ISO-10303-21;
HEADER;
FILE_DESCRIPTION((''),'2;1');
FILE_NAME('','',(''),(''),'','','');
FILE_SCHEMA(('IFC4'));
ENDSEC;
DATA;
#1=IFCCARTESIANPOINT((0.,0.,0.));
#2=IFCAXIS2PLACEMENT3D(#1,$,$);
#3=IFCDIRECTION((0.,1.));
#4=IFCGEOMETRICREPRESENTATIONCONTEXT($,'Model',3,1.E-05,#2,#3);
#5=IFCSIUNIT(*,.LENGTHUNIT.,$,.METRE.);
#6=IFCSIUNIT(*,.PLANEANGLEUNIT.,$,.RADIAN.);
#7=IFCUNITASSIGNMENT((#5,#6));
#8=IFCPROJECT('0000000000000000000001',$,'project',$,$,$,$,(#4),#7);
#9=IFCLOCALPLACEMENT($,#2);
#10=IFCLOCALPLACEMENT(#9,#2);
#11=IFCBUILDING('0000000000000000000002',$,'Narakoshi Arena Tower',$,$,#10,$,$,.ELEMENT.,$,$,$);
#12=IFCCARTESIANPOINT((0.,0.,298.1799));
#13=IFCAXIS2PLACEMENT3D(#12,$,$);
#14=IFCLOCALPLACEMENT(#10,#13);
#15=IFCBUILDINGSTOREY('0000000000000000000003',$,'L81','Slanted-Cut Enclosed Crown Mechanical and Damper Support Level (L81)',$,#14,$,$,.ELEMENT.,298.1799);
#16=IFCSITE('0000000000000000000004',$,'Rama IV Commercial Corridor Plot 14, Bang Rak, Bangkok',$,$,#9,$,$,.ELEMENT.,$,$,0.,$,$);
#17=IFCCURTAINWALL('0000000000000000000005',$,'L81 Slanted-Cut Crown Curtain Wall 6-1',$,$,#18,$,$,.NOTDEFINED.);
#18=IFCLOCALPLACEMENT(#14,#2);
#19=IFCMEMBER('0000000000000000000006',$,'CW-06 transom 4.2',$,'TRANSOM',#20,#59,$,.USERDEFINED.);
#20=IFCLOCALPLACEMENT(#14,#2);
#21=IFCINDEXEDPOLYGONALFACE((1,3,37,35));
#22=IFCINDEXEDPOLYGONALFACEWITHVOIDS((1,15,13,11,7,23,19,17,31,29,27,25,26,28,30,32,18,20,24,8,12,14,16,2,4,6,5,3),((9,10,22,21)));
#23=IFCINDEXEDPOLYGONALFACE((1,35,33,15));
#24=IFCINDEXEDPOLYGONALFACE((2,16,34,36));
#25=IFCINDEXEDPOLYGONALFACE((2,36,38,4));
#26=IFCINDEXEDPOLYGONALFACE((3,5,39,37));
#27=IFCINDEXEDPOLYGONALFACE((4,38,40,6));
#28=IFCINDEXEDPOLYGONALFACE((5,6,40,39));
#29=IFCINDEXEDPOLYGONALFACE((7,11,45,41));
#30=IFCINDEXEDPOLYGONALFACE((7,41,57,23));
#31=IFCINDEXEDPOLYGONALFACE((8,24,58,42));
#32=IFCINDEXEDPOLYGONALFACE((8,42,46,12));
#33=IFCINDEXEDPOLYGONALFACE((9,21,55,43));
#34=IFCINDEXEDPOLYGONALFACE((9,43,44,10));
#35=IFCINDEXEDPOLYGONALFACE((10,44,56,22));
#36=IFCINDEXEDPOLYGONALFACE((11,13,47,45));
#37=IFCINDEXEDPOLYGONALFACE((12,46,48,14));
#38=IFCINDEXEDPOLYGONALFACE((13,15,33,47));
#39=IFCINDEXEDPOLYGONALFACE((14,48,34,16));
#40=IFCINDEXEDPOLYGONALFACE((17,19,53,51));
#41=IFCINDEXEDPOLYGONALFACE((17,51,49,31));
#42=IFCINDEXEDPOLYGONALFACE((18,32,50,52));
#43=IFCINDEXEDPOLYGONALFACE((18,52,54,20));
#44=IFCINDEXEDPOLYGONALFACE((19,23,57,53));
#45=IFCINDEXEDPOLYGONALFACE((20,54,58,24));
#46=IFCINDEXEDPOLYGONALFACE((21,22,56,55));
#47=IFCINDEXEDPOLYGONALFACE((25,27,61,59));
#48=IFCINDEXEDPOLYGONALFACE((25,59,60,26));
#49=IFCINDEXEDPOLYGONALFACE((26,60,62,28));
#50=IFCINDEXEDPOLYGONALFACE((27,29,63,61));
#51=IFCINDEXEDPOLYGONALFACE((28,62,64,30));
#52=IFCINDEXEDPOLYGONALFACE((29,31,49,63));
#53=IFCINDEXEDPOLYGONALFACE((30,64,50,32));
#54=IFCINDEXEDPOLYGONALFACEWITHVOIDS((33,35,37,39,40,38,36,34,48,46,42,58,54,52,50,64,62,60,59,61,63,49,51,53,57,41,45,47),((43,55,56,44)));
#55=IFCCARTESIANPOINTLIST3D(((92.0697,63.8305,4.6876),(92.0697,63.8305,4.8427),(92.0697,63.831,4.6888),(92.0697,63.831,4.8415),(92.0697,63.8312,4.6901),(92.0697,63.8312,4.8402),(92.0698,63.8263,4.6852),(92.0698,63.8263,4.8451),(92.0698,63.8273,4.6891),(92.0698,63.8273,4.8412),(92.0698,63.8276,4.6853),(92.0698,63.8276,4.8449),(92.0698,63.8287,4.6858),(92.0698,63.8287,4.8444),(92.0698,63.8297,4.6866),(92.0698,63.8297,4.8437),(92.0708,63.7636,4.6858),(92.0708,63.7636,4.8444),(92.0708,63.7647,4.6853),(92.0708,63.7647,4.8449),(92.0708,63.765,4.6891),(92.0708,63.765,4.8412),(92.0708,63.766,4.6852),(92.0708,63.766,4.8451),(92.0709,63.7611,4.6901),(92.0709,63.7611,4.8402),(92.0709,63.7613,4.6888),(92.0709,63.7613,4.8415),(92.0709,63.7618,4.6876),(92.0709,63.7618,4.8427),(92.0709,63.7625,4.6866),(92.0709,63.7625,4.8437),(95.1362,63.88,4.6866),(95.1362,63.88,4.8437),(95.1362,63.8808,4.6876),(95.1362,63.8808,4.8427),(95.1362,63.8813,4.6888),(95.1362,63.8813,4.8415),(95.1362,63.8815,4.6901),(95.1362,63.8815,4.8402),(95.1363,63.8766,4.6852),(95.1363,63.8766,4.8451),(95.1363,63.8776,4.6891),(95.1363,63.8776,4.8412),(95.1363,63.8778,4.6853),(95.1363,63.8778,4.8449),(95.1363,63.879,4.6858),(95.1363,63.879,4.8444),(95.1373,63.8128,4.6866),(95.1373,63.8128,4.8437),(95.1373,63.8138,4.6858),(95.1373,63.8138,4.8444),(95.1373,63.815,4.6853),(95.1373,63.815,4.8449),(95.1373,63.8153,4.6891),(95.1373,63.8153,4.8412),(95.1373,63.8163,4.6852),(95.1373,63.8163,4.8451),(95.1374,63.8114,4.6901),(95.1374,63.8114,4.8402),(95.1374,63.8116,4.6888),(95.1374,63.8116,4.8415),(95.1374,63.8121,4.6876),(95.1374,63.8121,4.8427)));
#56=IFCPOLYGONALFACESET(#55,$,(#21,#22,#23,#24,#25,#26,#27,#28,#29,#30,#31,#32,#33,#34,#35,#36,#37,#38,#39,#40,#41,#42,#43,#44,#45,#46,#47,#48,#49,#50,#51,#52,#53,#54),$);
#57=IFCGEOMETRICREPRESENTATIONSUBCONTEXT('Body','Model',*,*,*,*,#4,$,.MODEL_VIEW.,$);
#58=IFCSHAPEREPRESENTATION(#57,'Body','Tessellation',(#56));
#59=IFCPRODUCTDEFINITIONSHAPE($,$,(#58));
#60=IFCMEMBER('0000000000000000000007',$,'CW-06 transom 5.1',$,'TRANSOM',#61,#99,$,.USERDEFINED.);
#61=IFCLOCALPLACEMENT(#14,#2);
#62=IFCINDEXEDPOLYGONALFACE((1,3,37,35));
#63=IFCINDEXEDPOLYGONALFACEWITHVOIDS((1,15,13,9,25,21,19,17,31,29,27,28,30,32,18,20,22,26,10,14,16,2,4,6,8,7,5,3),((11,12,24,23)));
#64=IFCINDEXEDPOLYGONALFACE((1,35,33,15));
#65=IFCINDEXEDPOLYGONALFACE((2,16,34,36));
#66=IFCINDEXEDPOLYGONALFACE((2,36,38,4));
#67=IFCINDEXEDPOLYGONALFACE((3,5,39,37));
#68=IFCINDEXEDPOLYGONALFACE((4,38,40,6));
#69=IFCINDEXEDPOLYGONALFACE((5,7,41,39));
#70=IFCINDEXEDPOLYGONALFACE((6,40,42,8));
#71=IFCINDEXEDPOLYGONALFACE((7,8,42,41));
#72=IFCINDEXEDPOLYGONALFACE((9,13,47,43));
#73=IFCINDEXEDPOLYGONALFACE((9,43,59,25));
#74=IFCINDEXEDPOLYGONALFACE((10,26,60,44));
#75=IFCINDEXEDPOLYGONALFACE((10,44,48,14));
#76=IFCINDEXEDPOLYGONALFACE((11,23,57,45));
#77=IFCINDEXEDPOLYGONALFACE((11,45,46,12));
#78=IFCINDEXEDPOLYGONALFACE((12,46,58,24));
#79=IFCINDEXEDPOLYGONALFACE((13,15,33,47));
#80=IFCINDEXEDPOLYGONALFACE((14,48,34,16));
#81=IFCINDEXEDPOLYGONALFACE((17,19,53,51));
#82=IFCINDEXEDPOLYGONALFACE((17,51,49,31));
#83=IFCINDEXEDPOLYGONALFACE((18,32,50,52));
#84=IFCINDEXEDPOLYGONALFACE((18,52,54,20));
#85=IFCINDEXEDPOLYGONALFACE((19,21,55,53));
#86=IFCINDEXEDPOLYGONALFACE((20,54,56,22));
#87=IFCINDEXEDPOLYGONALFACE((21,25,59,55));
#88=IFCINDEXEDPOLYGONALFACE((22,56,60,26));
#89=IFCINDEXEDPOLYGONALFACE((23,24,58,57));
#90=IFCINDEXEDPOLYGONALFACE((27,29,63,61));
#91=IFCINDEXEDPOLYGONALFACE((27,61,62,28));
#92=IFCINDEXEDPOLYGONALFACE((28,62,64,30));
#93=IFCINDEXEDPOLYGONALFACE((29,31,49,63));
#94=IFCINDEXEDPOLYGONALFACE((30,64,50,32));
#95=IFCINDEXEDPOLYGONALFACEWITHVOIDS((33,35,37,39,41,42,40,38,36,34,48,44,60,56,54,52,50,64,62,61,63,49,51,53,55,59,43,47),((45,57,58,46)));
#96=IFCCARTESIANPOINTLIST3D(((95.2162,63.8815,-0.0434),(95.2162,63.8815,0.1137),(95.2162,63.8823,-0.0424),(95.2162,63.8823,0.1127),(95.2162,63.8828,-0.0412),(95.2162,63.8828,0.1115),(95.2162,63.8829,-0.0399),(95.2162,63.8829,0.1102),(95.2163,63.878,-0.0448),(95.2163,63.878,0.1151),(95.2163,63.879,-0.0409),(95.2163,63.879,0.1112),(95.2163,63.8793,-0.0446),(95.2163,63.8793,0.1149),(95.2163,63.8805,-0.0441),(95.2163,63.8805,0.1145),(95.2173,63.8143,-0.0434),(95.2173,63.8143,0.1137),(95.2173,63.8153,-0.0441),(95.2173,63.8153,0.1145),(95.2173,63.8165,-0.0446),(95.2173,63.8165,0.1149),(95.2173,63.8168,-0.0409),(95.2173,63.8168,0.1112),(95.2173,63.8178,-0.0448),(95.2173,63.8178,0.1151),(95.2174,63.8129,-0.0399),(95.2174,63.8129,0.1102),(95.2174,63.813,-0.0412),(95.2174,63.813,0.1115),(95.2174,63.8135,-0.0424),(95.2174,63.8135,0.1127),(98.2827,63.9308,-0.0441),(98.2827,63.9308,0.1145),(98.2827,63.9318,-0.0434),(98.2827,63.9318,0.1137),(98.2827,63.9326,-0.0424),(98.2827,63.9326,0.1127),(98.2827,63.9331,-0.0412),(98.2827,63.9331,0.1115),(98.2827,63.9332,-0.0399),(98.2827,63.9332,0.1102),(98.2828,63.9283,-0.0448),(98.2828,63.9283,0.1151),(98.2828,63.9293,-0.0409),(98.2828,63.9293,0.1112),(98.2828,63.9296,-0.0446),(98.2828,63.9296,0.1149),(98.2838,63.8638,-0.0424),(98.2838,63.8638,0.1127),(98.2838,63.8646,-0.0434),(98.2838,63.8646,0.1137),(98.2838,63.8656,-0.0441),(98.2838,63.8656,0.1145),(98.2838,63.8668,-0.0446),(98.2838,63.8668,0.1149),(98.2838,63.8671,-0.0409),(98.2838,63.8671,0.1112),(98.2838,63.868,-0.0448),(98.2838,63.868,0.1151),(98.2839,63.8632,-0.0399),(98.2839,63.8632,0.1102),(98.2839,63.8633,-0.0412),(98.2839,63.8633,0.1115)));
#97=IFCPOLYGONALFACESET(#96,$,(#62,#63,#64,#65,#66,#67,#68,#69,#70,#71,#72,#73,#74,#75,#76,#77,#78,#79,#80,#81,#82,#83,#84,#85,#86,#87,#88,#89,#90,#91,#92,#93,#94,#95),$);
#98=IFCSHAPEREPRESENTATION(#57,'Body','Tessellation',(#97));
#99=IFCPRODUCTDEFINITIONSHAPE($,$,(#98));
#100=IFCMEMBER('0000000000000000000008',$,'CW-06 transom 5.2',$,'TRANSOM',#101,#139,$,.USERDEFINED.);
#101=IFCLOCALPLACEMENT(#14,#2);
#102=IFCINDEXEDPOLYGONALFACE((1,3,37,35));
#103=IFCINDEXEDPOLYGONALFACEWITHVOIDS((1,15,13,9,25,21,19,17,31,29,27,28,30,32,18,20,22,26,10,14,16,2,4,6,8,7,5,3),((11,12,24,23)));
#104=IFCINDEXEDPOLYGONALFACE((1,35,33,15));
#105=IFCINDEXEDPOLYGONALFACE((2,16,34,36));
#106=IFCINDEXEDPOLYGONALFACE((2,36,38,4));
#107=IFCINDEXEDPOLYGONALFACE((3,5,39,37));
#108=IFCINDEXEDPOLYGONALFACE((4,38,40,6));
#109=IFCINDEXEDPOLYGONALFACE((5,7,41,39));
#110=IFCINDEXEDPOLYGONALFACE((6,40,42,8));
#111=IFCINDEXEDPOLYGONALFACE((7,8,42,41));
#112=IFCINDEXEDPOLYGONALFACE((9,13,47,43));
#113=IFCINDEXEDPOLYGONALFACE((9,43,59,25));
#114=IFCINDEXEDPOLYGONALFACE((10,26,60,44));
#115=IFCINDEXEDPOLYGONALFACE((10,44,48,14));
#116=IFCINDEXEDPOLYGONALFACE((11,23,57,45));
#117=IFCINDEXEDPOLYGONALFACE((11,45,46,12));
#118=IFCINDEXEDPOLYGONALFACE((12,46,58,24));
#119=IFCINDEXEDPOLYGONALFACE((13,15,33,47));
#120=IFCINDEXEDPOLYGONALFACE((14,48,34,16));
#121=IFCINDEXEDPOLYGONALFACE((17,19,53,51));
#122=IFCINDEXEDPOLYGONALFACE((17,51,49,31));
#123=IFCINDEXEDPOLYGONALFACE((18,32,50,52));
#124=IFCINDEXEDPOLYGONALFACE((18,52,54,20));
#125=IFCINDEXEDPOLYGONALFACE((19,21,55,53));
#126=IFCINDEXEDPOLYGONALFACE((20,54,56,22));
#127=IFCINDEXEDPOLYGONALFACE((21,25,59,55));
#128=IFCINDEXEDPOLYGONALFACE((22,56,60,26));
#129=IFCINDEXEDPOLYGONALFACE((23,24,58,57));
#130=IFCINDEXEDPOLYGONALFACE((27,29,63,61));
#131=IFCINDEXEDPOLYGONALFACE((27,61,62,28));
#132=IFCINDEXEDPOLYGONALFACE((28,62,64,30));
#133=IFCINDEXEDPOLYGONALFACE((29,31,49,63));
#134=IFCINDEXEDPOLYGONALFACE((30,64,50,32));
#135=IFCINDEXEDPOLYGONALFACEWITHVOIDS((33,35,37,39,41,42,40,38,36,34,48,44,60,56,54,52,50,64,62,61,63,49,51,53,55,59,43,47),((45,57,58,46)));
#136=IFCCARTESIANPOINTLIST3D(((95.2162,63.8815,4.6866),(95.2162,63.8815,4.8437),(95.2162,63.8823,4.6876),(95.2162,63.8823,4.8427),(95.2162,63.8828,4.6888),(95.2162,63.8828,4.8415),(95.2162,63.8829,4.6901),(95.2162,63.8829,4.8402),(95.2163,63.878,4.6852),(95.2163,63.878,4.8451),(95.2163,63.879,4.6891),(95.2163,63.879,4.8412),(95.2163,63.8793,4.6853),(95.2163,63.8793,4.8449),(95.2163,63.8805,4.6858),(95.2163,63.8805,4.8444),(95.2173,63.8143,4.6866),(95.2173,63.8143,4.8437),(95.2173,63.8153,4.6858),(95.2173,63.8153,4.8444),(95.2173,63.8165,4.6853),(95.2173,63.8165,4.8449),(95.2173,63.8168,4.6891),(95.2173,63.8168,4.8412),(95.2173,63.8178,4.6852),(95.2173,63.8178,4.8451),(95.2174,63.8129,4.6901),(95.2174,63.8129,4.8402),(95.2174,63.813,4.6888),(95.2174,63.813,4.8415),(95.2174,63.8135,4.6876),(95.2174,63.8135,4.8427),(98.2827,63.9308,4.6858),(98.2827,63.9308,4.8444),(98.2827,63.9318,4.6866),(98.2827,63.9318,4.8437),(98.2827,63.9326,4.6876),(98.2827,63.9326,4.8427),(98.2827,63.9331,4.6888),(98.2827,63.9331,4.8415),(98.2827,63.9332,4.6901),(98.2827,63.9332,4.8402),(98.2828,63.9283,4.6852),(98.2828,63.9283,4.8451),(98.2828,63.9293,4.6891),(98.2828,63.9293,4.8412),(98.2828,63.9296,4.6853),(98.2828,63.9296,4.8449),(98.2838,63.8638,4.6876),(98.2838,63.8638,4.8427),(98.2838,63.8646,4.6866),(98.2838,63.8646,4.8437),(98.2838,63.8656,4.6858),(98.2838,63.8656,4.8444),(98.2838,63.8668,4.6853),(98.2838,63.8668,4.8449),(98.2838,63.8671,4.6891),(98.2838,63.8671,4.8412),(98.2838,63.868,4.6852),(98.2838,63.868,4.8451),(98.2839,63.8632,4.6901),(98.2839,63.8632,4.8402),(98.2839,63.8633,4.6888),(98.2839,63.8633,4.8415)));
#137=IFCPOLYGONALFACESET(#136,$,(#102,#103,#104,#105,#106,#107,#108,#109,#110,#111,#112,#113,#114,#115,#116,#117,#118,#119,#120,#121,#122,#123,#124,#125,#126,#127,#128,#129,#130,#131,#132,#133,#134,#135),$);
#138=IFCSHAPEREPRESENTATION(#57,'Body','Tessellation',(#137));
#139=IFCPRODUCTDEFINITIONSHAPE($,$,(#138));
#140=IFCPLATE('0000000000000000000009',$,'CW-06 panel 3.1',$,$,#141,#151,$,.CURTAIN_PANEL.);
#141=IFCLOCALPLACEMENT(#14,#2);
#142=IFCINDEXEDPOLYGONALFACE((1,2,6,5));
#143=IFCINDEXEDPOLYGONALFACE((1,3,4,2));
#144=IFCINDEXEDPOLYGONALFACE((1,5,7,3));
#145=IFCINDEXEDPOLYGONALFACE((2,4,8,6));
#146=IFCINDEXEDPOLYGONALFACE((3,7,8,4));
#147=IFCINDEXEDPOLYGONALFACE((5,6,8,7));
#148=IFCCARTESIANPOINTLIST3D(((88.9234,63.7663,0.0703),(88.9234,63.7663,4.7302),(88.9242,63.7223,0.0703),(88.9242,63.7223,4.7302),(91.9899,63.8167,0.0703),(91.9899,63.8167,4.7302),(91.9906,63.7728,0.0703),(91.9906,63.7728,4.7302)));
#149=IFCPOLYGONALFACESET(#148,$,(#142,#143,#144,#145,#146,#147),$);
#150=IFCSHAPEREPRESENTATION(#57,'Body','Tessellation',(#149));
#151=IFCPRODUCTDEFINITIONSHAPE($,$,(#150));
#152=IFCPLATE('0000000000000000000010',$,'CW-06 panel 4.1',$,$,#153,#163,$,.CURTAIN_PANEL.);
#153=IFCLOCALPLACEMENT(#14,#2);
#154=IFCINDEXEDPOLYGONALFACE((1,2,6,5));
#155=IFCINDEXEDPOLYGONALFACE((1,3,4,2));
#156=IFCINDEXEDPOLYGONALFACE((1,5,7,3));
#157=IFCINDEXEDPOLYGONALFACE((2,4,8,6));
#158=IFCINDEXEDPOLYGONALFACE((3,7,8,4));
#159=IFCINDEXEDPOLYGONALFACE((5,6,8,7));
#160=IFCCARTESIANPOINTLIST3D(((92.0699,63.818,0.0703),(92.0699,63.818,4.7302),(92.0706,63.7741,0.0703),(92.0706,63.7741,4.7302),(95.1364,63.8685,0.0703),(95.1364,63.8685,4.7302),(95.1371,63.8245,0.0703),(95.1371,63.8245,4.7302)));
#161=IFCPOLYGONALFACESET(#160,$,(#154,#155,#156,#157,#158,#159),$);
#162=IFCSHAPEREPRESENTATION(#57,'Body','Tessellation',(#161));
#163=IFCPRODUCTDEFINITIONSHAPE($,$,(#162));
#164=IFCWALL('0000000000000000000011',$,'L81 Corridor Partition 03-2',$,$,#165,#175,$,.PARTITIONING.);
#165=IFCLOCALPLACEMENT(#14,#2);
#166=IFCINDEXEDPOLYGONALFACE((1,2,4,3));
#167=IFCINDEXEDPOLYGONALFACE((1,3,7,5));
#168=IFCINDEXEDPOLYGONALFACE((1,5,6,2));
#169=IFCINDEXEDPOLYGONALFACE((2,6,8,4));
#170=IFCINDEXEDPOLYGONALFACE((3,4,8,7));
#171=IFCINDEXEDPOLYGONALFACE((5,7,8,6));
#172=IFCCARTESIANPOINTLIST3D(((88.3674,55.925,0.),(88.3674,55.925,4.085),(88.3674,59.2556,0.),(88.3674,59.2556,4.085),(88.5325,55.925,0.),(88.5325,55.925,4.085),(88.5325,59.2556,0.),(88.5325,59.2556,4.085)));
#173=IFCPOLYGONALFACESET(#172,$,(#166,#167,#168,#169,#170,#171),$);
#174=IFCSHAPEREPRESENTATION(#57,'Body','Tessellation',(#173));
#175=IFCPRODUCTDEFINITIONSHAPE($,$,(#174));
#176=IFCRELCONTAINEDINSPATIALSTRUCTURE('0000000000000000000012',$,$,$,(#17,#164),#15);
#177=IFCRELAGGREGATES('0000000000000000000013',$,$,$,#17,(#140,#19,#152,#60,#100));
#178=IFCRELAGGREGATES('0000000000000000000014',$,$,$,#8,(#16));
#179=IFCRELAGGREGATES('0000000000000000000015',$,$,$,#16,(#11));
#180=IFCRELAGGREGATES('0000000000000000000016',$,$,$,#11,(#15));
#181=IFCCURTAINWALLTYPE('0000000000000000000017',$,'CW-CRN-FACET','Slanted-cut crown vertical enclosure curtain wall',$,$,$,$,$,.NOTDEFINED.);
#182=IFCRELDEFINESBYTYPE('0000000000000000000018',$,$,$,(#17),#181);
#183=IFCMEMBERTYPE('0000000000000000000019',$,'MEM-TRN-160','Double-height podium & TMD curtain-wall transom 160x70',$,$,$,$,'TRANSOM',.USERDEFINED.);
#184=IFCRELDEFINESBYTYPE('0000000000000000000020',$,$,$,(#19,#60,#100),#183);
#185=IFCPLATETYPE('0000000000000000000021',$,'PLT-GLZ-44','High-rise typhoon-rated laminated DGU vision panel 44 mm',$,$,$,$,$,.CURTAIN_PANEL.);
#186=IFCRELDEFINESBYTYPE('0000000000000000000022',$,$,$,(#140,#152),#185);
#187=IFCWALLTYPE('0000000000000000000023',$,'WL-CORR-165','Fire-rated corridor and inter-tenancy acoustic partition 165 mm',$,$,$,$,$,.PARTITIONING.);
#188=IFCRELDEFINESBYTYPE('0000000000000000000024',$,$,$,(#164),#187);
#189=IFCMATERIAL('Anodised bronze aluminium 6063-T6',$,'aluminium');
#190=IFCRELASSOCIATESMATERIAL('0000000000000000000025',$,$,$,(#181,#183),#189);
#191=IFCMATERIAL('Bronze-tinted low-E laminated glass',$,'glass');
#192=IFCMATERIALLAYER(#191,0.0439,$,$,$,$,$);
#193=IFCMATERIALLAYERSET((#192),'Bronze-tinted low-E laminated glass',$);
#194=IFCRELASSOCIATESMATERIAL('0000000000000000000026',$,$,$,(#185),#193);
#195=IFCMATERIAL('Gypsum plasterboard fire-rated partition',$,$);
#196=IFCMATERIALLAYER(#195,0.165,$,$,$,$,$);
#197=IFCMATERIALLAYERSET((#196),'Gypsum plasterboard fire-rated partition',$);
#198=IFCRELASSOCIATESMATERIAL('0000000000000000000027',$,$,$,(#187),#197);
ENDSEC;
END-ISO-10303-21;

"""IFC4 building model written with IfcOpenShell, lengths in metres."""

from ifc_helpers import new_model, si_unit, direction, frame, frame_2d, origin, origin_2d, place, context, subcontext, project, spatial, rectangle, hollow_rectangle, extrude, material, layer, layer_set, material_profile, profile_set, type_object, element, aggregate, save


model = new_model("IFC4")

# Units and contexts
model_context = context("Model", 3, precision=1e-05, world=origin(), true_north=direction((0.0, 1.0)))
body_context = subcontext(model_context, "Body", "Model", "MODEL_VIEW")
ifc_project = project(units=[si_unit("LENGTHUNIT", "METRE"), si_unit("PLANEANGLEUNIT", "RADIAN")], contexts=[model_context])

# Site, building, storey
site_placement = place(None, origin())
site = spatial("IfcSite", under=ifc_project, at=site_placement, Name="Rama IV Commercial Corridor Plot 14, Bang Rak, Bangkok", CompositionType="ELEMENT", RefElevation=0.0)
building_placement = place(site_placement, origin())
building = spatial("IfcBuilding", under=site, at=building_placement, Name="Narakoshi Arena Tower", CompositionType="ELEMENT")
storey_placement = place(building_placement, frame((0.0, 0.0, 298.1799)))
storey = spatial("IfcBuildingStorey", under=building, at=storey_placement, Name="L81", Description="Slanted-Cut Enclosed Crown Mechanical and Damper Support Level (L81)", CompositionType="ELEMENT", Elevation=298.1799)

# Curtain wall, members, plates
ifc_material_1 = material(Name="Anodised bronze aluminium 6063-T6", Category="aluminium")
curtain_wall_type = type_object("IfcCurtainWallType", Name="CW-CRN-FACET", Description="Slanted-cut crown vertical enclosure curtain wall", PredefinedType="NOTDEFINED", material=ifc_material_1)
curtain_wall_placement = place(storey_placement, origin())
curtain_wall = element("IfcCurtainWall", 1, at=curtain_wall_placement, inside=storey, type_object=curtain_wall_type, Name="L81 Slanted-Cut Crown Curtain Wall 6-1", PredefinedType="NOTDEFINED")
ifc_material_profile_1 = material_profile(ifc_material_1, hollow_rectangle(XDim=0.0701, YDim=0.1599, WallThickness=0.0039, OuterFilletRadius=0.0049, at=origin_2d()), Name="TRN160x70x4")
ifc_profile_set_1 = profile_set([ifc_material_profile_1], Name="Anodised bronze aluminium 6063-T6")
member_type_1 = type_object("IfcMemberType", Name="MEM-TRN-160", Description="Double-height podium & TMD curtain-wall transom 160x70", ElementType="TRANSOM", PredefinedType="USERDEFINED", material=ifc_profile_set_1)
member_1_placement = place(storey_placement, frame((92.0703, 63.7961, 4.7651), z_axis=(0.999866, 0.016399, 0.0), x_axis=(-0.016399, 0.999866, 0.0)))
member_1 = element("IfcMember", 2, at=member_1_placement, type_object=member_type_1, Name="CW-06 transom 4.2", ObjectType="TRANSOM", PredefinedType="USERDEFINED", context=body_context, shape_type="SweptSolid", body=[
    extrude(hollow_rectangle(XDim=0.0701, YDim=0.1599, WallThickness=0.0039, OuterFilletRadius=0.0049, at=origin_2d()), origin(), (0.0, 0.0, 1.0), 3.0669),
])
member_2_placement = place(storey_placement, frame((95.2168, 63.8479, 0.0352), z_axis=(0.999866, 0.016399, 0.0), x_axis=(-0.016399, 0.999866, 0.0)))
member_2 = element("IfcMember", 3, at=member_2_placement, type_object=member_type_1, Name="CW-06 transom 5.1", ObjectType="TRANSOM", PredefinedType="USERDEFINED", context=body_context, shape_type="SweptSolid", body=[
    extrude(hollow_rectangle(XDim=0.0701, YDim=0.1599, WallThickness=0.0039, OuterFilletRadius=0.0049, at=origin_2d()), origin(), (0.0, 0.0, 1.0), 3.0669),
])
member_3_placement = place(storey_placement, frame((95.2168, 63.8479, 4.7651), z_axis=(0.999866, 0.016399, 0.0), x_axis=(-0.016399, 0.999866, 0.0)))
member_3 = element("IfcMember", 4, at=member_3_placement, type_object=member_type_1, Name="CW-06 transom 5.2", ObjectType="TRANSOM", PredefinedType="USERDEFINED", context=body_context, shape_type="SweptSolid", body=[
    extrude(hollow_rectangle(XDim=0.0701, YDim=0.1599, WallThickness=0.0039, OuterFilletRadius=0.0049, at=origin_2d()), origin(), (0.0, 0.0, 1.0), 3.0669),
])
ifc_material_2 = material(Name="Bronze-tinted low-E laminated glass", Category="glass")
ifc_layer_1 = layer(ifc_material_2, 0.0439)
ifc_layer_set_1 = layer_set([ifc_layer_1], Name="Bronze-tinted low-E laminated glass")
plate_type = type_object("IfcPlateType", Name="PLT-GLZ-44", Description="High-rise typhoon-rated laminated DGU vision panel 44 mm", PredefinedType="CURTAIN_PANEL", material=ifc_layer_set_1)
plate_1_placement = place(storey_placement, frame((90.457, 63.7695, 0.0703), z_axis=(0.0, 0.0, 1.0), x_axis=(0.999865, 0.016447, 0.0)))
plate_1 = element("IfcPlate", 5, at=plate_1_placement, type_object=plate_type, Name="CW-06 panel 3.1", PredefinedType="CURTAIN_PANEL", context=body_context, shape_type="SweptSolid", body=[
    extrude(rectangle(XDim=3.0669, YDim=0.0439, at=origin_2d()), origin(), (0.0, 0.0, 1.0), 4.6599),
])
plate_2_placement = place(storey_placement, frame((93.6035, 63.8213, 0.0703), z_axis=(0.0, 0.0, 1.0), x_axis=(0.999865, 0.016447, 0.0)))
plate_2 = element("IfcPlate", 6, at=plate_2_placement, type_object=plate_type, Name="CW-06 panel 4.1", PredefinedType="CURTAIN_PANEL", context=body_context, shape_type="SweptSolid", body=[
    extrude(rectangle(XDim=3.0669, YDim=0.0439, at=origin_2d()), origin(), (0.0, 0.0, 1.0), 4.6599),
])
aggregate(curtain_wall, [plate_1, member_1, plate_2, member_2, member_3])

# Wall
ifc_material_3 = material(Name="Gypsum plasterboard fire-rated partition")
ifc_layer_2 = layer(ifc_material_3, 0.165)
ifc_layer_set_2 = layer_set([ifc_layer_2], Name="Gypsum plasterboard fire-rated partition")
wall_type_1 = type_object("IfcWallType", Name="WL-CORR-165", Description="Fire-rated corridor and inter-tenancy acoustic partition 165 mm", PredefinedType="PARTITIONING", material=ifc_layer_set_2)
wall_1_placement = place(storey_placement, frame((88.45, 55.925, 0.0), z_axis=(0.0, 0.0, 1.0), x_axis=(0.0, 1.0, 0.0)))
element("IfcWall", 7, at=wall_1_placement, inside=storey, type_object=wall_type_1, Name="L81 Corridor Partition 03-2", PredefinedType="PARTITIONING", context=body_context, shape_type="SweptSolid", body=[
    extrude(rectangle(XDim=3.3306, YDim=0.165, at=frame_2d((1.6653, 0.0))), origin(), (0.0, 0.0, 1.0), 4.085),
])

save(model, "model.ifc")
